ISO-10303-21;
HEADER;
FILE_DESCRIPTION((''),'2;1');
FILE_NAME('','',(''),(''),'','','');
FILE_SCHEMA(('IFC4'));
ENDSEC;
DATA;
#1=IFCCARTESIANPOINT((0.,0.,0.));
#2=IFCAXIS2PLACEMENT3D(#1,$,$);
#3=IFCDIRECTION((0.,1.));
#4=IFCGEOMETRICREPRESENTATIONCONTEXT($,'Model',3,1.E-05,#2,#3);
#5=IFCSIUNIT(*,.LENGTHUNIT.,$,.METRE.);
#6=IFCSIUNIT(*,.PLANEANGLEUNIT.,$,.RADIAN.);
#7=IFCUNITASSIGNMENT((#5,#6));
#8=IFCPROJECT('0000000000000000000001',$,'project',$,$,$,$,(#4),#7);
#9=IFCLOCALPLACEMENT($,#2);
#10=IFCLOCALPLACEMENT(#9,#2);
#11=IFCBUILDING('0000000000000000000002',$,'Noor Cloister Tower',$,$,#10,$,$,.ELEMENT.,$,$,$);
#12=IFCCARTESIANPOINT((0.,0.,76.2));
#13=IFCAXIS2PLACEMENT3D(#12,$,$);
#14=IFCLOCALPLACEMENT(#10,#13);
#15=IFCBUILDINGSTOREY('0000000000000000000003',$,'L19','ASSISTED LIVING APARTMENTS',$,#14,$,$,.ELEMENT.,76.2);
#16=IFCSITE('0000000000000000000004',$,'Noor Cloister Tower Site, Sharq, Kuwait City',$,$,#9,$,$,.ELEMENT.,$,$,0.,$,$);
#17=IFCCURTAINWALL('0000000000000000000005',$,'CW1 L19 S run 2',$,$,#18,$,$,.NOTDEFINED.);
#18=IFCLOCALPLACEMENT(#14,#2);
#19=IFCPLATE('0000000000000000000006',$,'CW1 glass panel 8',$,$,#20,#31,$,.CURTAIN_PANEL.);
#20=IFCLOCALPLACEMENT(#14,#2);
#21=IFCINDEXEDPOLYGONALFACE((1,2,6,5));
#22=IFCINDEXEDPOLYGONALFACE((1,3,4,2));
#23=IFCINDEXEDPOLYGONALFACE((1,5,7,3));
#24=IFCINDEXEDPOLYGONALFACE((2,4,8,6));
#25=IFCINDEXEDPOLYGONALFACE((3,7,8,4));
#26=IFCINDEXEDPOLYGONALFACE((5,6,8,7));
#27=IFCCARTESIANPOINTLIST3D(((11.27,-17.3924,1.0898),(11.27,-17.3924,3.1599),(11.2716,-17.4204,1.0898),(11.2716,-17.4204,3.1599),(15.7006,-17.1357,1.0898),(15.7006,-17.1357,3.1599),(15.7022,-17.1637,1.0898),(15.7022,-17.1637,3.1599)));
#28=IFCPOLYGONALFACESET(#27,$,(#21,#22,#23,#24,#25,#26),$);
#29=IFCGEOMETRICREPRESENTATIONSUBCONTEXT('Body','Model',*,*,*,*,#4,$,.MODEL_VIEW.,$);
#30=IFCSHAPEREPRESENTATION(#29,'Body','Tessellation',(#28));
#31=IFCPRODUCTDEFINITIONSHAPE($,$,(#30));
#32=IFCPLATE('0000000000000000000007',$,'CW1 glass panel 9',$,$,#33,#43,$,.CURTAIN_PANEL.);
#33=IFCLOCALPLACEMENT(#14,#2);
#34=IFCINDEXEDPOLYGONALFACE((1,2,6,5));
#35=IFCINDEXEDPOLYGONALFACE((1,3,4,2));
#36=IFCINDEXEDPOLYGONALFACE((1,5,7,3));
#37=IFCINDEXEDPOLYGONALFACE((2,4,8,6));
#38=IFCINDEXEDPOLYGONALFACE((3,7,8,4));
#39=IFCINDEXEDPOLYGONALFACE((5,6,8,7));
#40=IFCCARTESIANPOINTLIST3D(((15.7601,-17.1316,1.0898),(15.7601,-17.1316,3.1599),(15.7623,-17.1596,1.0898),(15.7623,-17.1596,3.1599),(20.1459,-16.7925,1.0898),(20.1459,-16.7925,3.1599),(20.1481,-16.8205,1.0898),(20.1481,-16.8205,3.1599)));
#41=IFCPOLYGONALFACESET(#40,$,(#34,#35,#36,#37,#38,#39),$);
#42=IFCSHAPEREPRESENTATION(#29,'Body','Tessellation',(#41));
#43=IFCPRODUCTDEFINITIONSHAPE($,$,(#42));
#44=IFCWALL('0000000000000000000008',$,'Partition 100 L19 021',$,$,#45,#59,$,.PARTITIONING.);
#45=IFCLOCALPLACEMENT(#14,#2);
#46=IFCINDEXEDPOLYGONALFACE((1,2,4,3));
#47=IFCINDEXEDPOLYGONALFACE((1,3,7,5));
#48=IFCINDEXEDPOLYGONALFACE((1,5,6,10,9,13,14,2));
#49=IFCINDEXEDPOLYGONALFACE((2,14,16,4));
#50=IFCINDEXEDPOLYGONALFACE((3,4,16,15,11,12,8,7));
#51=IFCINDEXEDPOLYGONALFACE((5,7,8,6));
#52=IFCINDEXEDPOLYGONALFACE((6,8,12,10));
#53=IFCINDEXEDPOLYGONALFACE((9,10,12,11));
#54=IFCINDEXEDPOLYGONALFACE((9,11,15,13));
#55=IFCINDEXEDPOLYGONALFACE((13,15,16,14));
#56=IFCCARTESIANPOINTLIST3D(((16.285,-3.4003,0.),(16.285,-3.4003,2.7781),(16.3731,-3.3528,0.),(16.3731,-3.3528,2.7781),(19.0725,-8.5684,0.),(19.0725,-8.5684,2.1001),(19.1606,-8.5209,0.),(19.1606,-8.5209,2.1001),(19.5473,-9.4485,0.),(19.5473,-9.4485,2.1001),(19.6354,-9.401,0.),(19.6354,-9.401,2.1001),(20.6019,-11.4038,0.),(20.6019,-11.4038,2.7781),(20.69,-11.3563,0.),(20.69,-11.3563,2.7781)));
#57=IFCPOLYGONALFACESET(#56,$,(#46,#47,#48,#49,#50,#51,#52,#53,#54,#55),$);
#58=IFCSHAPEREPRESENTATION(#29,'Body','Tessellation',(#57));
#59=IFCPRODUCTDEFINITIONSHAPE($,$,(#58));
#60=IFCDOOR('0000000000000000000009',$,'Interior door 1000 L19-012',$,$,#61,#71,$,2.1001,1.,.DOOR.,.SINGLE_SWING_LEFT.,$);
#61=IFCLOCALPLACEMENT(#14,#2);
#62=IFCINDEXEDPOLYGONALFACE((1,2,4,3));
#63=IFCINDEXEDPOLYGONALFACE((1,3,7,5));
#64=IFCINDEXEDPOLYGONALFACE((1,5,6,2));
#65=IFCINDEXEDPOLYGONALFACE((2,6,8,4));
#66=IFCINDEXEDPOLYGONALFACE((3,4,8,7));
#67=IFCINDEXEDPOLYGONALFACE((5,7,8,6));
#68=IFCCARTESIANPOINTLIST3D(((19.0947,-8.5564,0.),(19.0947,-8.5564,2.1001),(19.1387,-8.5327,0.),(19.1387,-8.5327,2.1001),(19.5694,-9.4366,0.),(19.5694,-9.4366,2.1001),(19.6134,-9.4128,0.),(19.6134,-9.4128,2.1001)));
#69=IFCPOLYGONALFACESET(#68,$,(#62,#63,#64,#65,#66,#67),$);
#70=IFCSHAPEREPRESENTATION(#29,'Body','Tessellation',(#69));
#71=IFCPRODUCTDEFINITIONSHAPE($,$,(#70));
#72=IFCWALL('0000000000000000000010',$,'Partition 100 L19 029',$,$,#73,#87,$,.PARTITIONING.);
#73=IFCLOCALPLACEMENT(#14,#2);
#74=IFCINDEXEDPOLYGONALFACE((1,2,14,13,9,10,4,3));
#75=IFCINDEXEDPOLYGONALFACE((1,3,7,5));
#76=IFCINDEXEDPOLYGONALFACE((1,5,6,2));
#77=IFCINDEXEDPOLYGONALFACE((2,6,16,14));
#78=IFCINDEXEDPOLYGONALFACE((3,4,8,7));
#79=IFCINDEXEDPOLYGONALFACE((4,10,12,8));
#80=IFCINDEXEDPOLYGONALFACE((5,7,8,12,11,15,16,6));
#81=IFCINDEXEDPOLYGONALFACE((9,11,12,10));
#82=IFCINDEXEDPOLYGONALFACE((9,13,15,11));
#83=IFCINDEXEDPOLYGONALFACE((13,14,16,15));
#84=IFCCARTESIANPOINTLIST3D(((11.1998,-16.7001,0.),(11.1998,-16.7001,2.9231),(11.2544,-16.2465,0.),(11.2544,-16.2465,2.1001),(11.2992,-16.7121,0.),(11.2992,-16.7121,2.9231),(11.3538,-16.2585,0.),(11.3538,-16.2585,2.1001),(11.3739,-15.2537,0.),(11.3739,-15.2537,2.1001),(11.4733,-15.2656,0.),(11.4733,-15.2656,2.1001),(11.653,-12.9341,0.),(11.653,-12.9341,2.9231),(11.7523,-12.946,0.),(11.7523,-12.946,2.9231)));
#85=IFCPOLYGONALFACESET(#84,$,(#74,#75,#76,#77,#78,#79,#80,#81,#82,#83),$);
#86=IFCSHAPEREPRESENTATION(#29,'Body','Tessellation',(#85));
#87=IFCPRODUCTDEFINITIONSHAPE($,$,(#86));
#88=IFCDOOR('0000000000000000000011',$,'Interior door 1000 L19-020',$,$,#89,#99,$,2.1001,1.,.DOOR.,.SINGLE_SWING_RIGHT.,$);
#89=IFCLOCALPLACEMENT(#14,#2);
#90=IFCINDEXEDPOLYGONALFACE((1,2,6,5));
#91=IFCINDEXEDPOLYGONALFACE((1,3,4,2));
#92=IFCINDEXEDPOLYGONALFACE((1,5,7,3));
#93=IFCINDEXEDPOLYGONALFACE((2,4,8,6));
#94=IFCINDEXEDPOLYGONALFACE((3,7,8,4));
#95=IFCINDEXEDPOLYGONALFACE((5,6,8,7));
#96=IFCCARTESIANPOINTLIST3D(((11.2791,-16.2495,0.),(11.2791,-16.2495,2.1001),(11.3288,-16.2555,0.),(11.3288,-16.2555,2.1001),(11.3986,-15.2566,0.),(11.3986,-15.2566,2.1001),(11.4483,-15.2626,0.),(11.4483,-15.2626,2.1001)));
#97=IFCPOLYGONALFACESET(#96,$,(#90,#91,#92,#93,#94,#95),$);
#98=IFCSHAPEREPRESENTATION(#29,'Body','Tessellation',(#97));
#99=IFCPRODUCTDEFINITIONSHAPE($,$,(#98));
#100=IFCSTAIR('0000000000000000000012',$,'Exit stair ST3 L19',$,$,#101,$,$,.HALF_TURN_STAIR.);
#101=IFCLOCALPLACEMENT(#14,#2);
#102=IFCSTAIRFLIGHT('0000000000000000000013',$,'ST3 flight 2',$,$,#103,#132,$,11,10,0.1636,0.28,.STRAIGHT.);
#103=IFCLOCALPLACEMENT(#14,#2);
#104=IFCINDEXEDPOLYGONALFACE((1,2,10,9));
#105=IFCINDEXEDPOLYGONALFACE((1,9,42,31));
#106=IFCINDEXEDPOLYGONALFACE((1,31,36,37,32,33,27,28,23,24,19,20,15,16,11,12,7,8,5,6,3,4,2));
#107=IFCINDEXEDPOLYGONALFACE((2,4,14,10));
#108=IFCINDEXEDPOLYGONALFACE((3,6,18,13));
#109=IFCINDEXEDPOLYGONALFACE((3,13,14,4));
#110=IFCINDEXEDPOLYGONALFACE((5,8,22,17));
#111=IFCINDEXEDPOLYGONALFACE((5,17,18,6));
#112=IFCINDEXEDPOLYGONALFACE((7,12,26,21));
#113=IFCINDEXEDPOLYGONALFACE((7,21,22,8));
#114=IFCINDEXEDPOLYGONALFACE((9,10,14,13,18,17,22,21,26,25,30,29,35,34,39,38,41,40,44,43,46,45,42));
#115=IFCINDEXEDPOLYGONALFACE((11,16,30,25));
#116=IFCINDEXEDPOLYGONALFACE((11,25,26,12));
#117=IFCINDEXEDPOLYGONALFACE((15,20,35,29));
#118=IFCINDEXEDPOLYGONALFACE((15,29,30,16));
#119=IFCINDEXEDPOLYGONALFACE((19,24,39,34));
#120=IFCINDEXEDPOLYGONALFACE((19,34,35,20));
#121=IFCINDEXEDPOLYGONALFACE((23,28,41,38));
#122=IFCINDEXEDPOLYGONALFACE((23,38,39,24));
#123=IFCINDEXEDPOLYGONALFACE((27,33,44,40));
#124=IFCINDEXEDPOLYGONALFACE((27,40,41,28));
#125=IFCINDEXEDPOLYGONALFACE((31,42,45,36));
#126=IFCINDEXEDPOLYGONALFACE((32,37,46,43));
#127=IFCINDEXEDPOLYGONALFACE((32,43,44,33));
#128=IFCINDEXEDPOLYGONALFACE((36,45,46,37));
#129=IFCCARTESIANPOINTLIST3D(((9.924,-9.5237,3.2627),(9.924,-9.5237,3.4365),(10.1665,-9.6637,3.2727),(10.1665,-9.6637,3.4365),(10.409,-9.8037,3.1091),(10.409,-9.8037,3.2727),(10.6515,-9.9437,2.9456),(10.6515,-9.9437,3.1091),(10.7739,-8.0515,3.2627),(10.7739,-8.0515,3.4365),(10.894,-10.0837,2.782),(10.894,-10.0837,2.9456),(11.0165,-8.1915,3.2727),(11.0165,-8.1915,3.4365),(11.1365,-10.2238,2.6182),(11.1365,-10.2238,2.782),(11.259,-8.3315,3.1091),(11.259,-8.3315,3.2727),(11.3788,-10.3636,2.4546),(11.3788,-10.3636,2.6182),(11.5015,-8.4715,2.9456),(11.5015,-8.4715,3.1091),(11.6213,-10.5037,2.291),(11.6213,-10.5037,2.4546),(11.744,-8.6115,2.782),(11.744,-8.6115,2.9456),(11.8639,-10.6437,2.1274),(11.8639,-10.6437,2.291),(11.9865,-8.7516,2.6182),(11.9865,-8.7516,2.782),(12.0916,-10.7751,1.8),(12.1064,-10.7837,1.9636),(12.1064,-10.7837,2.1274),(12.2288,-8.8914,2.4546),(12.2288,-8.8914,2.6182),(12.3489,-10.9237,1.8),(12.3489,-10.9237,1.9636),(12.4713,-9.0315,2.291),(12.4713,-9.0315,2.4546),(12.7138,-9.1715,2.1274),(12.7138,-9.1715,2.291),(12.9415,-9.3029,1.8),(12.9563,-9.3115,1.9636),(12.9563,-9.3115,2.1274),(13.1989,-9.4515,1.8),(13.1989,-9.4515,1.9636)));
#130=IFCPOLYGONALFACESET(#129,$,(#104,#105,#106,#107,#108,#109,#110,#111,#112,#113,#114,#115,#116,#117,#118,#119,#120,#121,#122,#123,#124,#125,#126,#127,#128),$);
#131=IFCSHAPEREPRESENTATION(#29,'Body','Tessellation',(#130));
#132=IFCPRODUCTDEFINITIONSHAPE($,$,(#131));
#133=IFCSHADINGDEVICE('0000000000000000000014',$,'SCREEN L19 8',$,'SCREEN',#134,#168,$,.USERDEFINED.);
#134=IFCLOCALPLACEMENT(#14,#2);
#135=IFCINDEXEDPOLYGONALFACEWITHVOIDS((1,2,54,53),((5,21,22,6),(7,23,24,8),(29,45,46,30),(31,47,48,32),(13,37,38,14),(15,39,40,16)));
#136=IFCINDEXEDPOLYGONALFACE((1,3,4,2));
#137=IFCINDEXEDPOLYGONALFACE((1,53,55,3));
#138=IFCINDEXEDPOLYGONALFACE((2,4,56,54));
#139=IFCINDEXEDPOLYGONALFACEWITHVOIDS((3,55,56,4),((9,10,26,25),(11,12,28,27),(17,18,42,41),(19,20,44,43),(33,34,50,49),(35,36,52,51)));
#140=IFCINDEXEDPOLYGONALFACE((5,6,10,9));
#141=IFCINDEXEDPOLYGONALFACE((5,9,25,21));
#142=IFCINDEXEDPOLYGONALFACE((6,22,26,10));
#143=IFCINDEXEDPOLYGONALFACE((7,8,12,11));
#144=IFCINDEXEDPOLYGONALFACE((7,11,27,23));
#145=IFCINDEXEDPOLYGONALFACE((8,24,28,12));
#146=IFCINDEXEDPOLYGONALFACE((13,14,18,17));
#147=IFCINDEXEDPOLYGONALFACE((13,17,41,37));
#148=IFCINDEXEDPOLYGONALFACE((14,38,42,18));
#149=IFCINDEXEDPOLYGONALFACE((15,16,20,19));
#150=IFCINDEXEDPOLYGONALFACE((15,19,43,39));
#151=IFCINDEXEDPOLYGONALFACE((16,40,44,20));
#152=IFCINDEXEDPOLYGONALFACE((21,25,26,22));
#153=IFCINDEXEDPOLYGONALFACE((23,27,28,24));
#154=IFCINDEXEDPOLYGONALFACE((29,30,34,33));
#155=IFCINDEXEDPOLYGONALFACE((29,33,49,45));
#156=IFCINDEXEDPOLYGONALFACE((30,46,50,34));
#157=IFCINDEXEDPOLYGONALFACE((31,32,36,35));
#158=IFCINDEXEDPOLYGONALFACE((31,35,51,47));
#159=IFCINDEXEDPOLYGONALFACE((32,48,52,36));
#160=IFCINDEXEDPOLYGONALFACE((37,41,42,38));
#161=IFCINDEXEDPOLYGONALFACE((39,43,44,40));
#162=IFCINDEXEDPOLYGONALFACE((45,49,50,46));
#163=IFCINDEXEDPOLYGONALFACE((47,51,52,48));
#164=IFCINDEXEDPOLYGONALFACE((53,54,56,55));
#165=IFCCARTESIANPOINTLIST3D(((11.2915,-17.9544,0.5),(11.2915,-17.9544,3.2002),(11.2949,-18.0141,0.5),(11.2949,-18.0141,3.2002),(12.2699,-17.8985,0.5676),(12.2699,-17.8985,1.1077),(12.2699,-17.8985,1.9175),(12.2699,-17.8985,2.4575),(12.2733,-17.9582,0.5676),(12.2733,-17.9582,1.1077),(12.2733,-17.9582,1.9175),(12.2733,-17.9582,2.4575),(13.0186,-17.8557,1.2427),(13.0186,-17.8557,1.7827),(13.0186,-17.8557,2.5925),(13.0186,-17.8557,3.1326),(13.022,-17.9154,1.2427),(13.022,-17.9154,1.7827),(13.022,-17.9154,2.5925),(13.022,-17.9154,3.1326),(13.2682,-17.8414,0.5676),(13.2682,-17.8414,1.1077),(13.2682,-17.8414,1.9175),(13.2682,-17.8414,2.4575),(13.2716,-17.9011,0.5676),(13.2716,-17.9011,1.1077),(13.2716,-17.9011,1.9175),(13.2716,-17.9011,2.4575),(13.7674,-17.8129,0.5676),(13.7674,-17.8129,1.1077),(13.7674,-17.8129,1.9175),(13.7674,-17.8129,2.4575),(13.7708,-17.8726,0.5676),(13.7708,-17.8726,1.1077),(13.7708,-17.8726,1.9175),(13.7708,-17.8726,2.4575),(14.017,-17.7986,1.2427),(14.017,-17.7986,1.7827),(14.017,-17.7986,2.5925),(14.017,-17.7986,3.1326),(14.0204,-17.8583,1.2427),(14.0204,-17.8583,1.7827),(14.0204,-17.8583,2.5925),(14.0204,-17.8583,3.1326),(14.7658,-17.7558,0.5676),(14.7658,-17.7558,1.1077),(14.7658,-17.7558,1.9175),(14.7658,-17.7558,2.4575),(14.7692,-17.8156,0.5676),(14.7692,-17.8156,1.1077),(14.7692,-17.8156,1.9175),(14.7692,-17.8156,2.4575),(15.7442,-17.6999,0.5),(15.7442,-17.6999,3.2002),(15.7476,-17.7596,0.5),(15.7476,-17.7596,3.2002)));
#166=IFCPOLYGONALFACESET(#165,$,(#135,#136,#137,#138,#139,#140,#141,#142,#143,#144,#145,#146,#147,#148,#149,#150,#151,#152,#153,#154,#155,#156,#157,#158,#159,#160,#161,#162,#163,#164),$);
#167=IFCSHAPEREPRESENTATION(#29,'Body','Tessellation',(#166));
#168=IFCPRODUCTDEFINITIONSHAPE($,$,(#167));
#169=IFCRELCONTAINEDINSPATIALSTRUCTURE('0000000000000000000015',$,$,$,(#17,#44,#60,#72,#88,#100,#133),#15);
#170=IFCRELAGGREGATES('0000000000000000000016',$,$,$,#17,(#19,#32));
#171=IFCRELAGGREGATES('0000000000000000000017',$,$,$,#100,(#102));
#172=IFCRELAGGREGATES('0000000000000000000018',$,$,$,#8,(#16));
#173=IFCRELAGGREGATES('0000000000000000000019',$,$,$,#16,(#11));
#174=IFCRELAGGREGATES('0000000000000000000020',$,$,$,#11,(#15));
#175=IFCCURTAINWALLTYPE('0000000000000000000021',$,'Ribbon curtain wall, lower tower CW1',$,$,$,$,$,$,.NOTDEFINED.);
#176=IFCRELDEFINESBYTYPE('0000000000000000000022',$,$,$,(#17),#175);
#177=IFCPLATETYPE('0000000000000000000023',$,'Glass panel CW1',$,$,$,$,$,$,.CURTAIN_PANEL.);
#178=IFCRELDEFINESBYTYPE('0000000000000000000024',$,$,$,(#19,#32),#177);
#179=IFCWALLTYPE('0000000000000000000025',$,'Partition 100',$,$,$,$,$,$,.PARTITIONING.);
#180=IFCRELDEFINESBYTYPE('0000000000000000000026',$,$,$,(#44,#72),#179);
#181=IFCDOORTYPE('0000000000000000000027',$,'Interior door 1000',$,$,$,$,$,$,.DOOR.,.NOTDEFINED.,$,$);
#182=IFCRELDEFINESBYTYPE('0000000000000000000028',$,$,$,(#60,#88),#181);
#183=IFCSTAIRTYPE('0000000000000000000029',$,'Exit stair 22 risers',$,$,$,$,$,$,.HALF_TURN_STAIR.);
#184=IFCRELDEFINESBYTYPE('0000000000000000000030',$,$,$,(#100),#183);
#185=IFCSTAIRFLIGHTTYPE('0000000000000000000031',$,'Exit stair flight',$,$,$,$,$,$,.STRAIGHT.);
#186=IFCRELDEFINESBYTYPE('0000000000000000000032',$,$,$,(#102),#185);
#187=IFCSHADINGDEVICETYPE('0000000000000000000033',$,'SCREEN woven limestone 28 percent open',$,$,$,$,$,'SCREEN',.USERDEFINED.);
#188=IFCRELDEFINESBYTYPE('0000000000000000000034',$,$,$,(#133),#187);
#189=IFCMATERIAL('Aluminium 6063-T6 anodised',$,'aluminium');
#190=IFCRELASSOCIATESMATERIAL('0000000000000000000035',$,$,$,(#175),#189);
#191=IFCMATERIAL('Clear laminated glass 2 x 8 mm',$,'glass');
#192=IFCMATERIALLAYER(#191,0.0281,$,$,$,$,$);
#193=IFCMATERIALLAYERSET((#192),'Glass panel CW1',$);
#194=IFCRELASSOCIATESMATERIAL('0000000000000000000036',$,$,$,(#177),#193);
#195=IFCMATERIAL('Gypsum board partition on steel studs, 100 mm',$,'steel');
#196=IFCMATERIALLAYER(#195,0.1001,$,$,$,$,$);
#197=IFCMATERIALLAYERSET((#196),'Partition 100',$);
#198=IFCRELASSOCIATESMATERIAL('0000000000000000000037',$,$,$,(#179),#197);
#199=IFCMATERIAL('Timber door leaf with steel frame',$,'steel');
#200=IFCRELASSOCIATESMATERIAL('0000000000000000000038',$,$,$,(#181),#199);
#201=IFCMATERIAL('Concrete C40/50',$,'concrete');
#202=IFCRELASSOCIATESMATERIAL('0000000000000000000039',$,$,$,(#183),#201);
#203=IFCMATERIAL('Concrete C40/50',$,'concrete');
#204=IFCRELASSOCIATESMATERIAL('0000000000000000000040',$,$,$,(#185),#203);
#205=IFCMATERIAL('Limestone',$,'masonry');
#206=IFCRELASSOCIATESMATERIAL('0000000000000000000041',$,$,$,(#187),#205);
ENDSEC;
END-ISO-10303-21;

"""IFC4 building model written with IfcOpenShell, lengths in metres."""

from ifc_helpers import new_model, si_unit, direction, frame, frame_2d, origin, origin_2d, place, context, subcontext, project, spatial, polyline, rectangle, outline, extrude, material, layer, layer_set, material_profile, profile_set, type_object, element, fill, aggregate, save


model = new_model("IFC4")

# Units and contexts
model_context = context("Model", 3, precision=1e-05, world=origin(), true_north=direction((0.0, 1.0)))
body_context = subcontext(model_context, "Body", "Model", "MODEL_VIEW")
ifc_project = project(units=[si_unit("LENGTHUNIT", "METRE"), si_unit("PLANEANGLEUNIT", "RADIAN")], contexts=[model_context])

# Site, building, storey
site_placement = place(None, origin())
site = spatial("IfcSite", under=ifc_project, at=site_placement, Name="Noor Cloister Tower Site, Sharq, Kuwait City", CompositionType="ELEMENT", RefElevation=0.0)
building_placement = place(site_placement, origin())
building = spatial("IfcBuilding", under=site, at=building_placement, Name="Noor Cloister Tower", CompositionType="ELEMENT")
storey_placement = place(building_placement, frame((0.0, 0.0, 76.2)))
storey = spatial("IfcBuildingStorey", under=building, at=storey_placement, Name="L19", Description="ASSISTED LIVING APARTMENTS", CompositionType="ELEMENT", Elevation=76.2)

# Curtain wall
ifc_material_1 = material(Name="Aluminium 6063-T6 anodised", Category="aluminium")
curtain_wall_type = type_object("IfcCurtainWallType", Name="Ribbon curtain wall, lower tower CW1", PredefinedType="NOTDEFINED", material=ifc_material_1)
curtain_wall_placement = place(storey_placement, origin())
curtain_wall = element("IfcCurtainWall", 1, at=curtain_wall_placement, inside=storey, type_object=curtain_wall_type, Name="CW1 L19 S run 2", PredefinedType="NOTDEFINED")

# Plates
ifc_material_2 = material(Name="Clear laminated glass 2 x 8 mm", Category="glass")
ifc_layer_1 = layer(ifc_material_2, 0.0281)
ifc_layer_set_1 = layer_set([ifc_layer_1], Name="Glass panel CW1")
plate_type = type_object("IfcPlateType", Name="Glass panel CW1", PredefinedType="CURTAIN_PANEL", material=ifc_layer_set_1)
plate_1_placement = place(storey_placement, frame((13.4861, -17.2781, 1.0898), z_axis=(0.0, 0.0, 1.0), x_axis=(0.998326, 0.057845, 0.0)))
plate_1 = element("IfcPlate", 2, at=plate_1_placement, type_object=plate_type, Name="CW1 glass panel 8", PredefinedType="CURTAIN_PANEL", context=body_context, shape_type="SweptSolid", body=[
    extrude(rectangle(XDim=4.438, YDim=0.0281, at=origin_2d()), origin(), (0.0, 0.0, 1.0), 2.0701),
])
plate_2_placement = place(storey_placement, frame((17.9541, -16.9761, 1.0898), z_axis=(0.0, 0.0, 1.0), x_axis=(0.997024, 0.077093, 0.0)))
plate_2 = element("IfcPlate", 3, at=plate_2_placement, type_object=plate_type, Name="CW1 glass panel 9", PredefinedType="CURTAIN_PANEL", context=body_context, shape_type="SweptSolid", body=[
    extrude(rectangle(XDim=4.3989, YDim=0.0281, at=origin_2d()), origin(), (0.0, 0.0, 1.0), 2.0701),
])
aggregate(curtain_wall, [plate_1, plate_2])

# Walls, openings, doors
ifc_material_3 = material(Name="Gypsum board partition on steel studs, 100 mm", Category="steel")
ifc_layer_2 = layer(ifc_material_3, 0.1001)
ifc_layer_set_2 = layer_set([ifc_layer_2], Name="Partition 100")
wall_type = type_object("IfcWallType", Name="Partition 100", PredefinedType="PARTITIONING", material=ifc_layer_set_2)
wall_1_placement = place(storey_placement, frame((20.646, -11.3801, 0.0), z_axis=(0.0, 0.0, 1.0), x_axis=(-0.474727, 0.880133, 0.0)))
wall_1 = element("IfcWall", 4, at=wall_1_placement, inside=storey, type_object=wall_type, Name="Partition 100 L19 021", PredefinedType="PARTITIONING", context=body_context, shape_type="SweptSolid", body=[
    extrude(rectangle(XDim=9.0935, YDim=0.1001, at=frame_2d((4.5469, 0.0))), origin(), (0.0, 0.0, 1.0), 2.7781),
])
opening_1_placement = place(wall_1_placement, frame((2.2217, 0.0, 0.0)))
opening_1 = element("IfcOpeningElement", 5, at=opening_1_placement, cuts=wall_1, PredefinedType="OPENING", context=body_context, shape_type="SweptSolid", body=[
    extrude(rectangle(XDim=1.0, YDim=2.1001, at=frame_2d((0.5, 1.05))), frame((0.0, 0.0601, 0.0), z_axis=(0.0, -1.0, 0.0), x_axis=(1.0, 0.0, 0.0)), (0.0, 0.0, 1.0), 0.1201),
])
ifc_material_4 = material(Name="Timber door leaf with steel frame", Category="steel")
door_type = type_object("IfcDoorType", Name="Interior door 1000", OperationType="NOTDEFINED", PredefinedType="DOOR", material=ifc_material_4)
door_1_placement = place(opening_1_placement, origin())
door_1 = element("IfcDoor", 6, at=door_1_placement, inside=storey, type_object=door_type, Name="Interior door 1000 L19-012", OperationType="SINGLE_SWING_LEFT", OverallHeight=2.1001, OverallWidth=1.0, PredefinedType="DOOR", context=body_context, shape_type="SweptSolid", body=[
    extrude(rectangle(XDim=1.0, YDim=2.1001, at=frame_2d((0.5, 1.05))), frame((0.0, 0.0249, 0.0), z_axis=(0.0, -1.0, 0.0), x_axis=(1.0, 0.0, 0.0)), (0.0, 0.0, 1.0), 0.05),
])
fill(opening_1, door_1)
wall_2_placement = place(storey_placement, frame((11.7026, -12.9402, 0.0), z_axis=(0.0, 0.0, 1.0), x_axis=(-0.119455, -0.99284, 0.0)))
wall_2 = element("IfcWall", 7, at=wall_2_placement, inside=storey, type_object=wall_type, Name="Partition 100 L19 029", PredefinedType="PARTITIONING", context=body_context, shape_type="SweptSolid", body=[
    extrude(rectangle(XDim=3.7932, YDim=0.1001, at=frame_2d((1.8965, 0.0))), origin(), (0.0, 0.0, 1.0), 2.9231),
])
opening_2_placement = place(wall_2_placement, frame((2.3362, 0.0, 0.0)))
opening_2 = element("IfcOpeningElement", 8, at=opening_2_placement, cuts=wall_2, PredefinedType="OPENING", context=body_context, shape_type="SweptSolid", body=[
    extrude(rectangle(XDim=1.0, YDim=2.1001, at=frame_2d((0.5, 1.05))), frame((0.0, 0.0601, 0.0), z_axis=(0.0, -1.0, 0.0), x_axis=(1.0, 0.0, 0.0)), (0.0, 0.0, 1.0), 0.1201),
])
door_2_placement = place(opening_2_placement, origin())
door_2 = element("IfcDoor", 9, at=door_2_placement, inside=storey, type_object=door_type, Name="Interior door 1000 L19-020", OperationType="SINGLE_SWING_RIGHT", OverallHeight=2.1001, OverallWidth=1.0, PredefinedType="DOOR", context=body_context, shape_type="SweptSolid", body=[
    extrude(rectangle(XDim=1.0, YDim=2.1001, at=frame_2d((0.5, 1.05))), frame((0.0, 0.0249, 0.0), z_axis=(0.0, -1.0, 0.0), x_axis=(1.0, 0.0, 0.0)), (0.0, 0.0, 1.0), 0.05),
])
fill(opening_2, door_2)

# Stair, stair flight
ifc_material_5 = material(Name="Concrete C40/50", Category="concrete")
stair_type = type_object("IfcStairType", Name="Exit stair 22 risers", PredefinedType="HALF_TURN_STAIR", material=ifc_material_5)
stair_placement = place(storey_placement, origin())
stair = element("IfcStair", 10, at=stair_placement, inside=storey, type_object=stair_type, Name="Exit stair ST3 L19", PredefinedType="HALF_TURN_STAIR")
ifc_material_6 = material(Name="Concrete C40/50", Category="concrete")
stair_flight_type = type_object("IfcStairFlightType", Name="Exit stair flight", PredefinedType="STRAIGHT", material=ifc_material_6)
stair_flight_placement = place(storey_placement, frame((12.7739, -10.1875, 1.8), z_axis=(0.0, 0.0, 1.0), x_axis=(-0.866025, 0.5, 0.0)))
stair_flight = element("IfcStairFlight", 11, at=stair_flight_placement, type_object=stair_flight_type, Name="ST3 flight 2", NumberOfRisers=11, NumberOfTreads=10, PredefinedType="STRAIGHT", RiserHeight=0.1636, TreadLength=0.28, context=body_context, shape_type="SweptSolid", body=[
    extrude(outline(polyline([(0.0, 0.0), (0.0, 0.1636), (0.28, 0.1636), (0.28, 0.3274), (0.5601, 0.3274), (0.5601, 0.491), (0.8401, 0.491), (0.8401, 0.6545), (1.1201, 0.6545), (1.1201, 0.8181), (1.3999, 0.8181), (1.3999, 0.9819), (1.6799, 0.9819), (1.6799, 1.1455), (1.96, 1.1455), (1.96, 1.3091), (2.24, 1.3091), (2.24, 1.4727), (2.52, 1.4727), (2.52, 1.6365), (2.8, 1.6365), (2.8, 1.8), (2.8, 1.4626), (0.2971, 0.0), (0.0, 0.0)])), frame((0.0, 0.8501, 0.0), z_axis=(0.0, -1.0, 0.0), x_axis=(1.0, 0.0, 0.0)), (0.0, 0.0, 1.0), 1.7),
])
aggregate(stair, [stair_flight])

# Shading device
ifc_material_7 = material(Name="Limestone", Category="masonry")
ifc_material_profile_1 = material_profile(ifc_material_7, outline(polyline([(-2.23, -1.3501), (2.23, -1.3501), (2.23, 1.3501), (-2.23, 1.3501), (-2.23, -1.3501)]), holes=[polyline([(-1.25, -1.2825), (-0.25, -1.2825), (-0.25, -0.7424), (-1.25, -0.7424), (-1.25, -1.2825)]), polyline([(0.25, -1.2825), (1.25, -1.2825), (1.25, -0.7424), (0.25, -0.7424), (0.25, -1.2825)]), polyline([(-0.5, -0.6074), (0.5, -0.6074), (0.5, -0.0674), (-0.5, -0.0674), (-0.5, -0.6074)]), polyline([(-1.25, 0.0674), (-0.25, 0.0674), (-0.25, 0.6074), (-1.25, 0.6074), (-1.25, 0.0674)]), polyline([(0.25, 0.0674), (1.25, 0.0674), (1.25, 0.6074), (0.25, 0.6074), (0.25, 0.0674)]), polyline([(-0.5, 0.7424), (0.5, 0.7424), (0.5, 1.2825), (-0.5, 1.2825), (-0.5, 0.7424)])]), Name="Woven screen 28 percent open")
ifc_profile_set_1 = profile_set([ifc_material_profile_1], Name="Limestone")
shading_device_type = type_object("IfcShadingDeviceType", Name="SCREEN woven limestone 28 percent open", ElementType="SCREEN", PredefinedType="USERDEFINED", material=ifc_profile_set_1)
shading_device_1_placement = place(storey_placement, frame((13.5178, -17.8271, 1.8501), z_axis=(0.05705, -0.998371, 0.0), x_axis=(0.998371, 0.05705, 0.0)))
element("IfcShadingDevice", 12, at=shading_device_1_placement, inside=storey, type_object=shading_device_type, Name="SCREEN L19 8", ObjectType="SCREEN", PredefinedType="USERDEFINED", context=body_context, shape_type="SweptSolid", body=[
    extrude(outline(polyline([(-2.23, -1.3501), (2.23, -1.3501), (2.23, 1.3501), (-2.23, 1.3501), (-2.23, -1.3501)]), holes=[polyline([(-1.25, -1.2825), (-0.25, -1.2825), (-0.25, -0.7424), (-1.25, -0.7424), (-1.25, -1.2825)]), polyline([(0.25, -1.2825), (1.25, -1.2825), (1.25, -0.7424), (0.25, -0.7424), (0.25, -1.2825)]), polyline([(-0.5, -0.6074), (0.5, -0.6074), (0.5, -0.0674), (-0.5, -0.0674), (-0.5, -0.6074)]), polyline([(-1.25, 0.0674), (-0.25, 0.0674), (-0.25, 0.6074), (-1.25, 0.6074), (-1.25, 0.0674)]), polyline([(0.25, 0.0674), (1.25, 0.0674), (1.25, 0.6074), (0.25, 0.6074), (0.25, 0.0674)]), polyline([(-0.5, 0.7424), (0.5, 0.7424), (0.5, 1.2825), (-0.5, 1.2825), (-0.5, 0.7424)])]), origin(), (0.0, 0.0, 1.0), 0.0598),
])

save(model, "model.ifc")
